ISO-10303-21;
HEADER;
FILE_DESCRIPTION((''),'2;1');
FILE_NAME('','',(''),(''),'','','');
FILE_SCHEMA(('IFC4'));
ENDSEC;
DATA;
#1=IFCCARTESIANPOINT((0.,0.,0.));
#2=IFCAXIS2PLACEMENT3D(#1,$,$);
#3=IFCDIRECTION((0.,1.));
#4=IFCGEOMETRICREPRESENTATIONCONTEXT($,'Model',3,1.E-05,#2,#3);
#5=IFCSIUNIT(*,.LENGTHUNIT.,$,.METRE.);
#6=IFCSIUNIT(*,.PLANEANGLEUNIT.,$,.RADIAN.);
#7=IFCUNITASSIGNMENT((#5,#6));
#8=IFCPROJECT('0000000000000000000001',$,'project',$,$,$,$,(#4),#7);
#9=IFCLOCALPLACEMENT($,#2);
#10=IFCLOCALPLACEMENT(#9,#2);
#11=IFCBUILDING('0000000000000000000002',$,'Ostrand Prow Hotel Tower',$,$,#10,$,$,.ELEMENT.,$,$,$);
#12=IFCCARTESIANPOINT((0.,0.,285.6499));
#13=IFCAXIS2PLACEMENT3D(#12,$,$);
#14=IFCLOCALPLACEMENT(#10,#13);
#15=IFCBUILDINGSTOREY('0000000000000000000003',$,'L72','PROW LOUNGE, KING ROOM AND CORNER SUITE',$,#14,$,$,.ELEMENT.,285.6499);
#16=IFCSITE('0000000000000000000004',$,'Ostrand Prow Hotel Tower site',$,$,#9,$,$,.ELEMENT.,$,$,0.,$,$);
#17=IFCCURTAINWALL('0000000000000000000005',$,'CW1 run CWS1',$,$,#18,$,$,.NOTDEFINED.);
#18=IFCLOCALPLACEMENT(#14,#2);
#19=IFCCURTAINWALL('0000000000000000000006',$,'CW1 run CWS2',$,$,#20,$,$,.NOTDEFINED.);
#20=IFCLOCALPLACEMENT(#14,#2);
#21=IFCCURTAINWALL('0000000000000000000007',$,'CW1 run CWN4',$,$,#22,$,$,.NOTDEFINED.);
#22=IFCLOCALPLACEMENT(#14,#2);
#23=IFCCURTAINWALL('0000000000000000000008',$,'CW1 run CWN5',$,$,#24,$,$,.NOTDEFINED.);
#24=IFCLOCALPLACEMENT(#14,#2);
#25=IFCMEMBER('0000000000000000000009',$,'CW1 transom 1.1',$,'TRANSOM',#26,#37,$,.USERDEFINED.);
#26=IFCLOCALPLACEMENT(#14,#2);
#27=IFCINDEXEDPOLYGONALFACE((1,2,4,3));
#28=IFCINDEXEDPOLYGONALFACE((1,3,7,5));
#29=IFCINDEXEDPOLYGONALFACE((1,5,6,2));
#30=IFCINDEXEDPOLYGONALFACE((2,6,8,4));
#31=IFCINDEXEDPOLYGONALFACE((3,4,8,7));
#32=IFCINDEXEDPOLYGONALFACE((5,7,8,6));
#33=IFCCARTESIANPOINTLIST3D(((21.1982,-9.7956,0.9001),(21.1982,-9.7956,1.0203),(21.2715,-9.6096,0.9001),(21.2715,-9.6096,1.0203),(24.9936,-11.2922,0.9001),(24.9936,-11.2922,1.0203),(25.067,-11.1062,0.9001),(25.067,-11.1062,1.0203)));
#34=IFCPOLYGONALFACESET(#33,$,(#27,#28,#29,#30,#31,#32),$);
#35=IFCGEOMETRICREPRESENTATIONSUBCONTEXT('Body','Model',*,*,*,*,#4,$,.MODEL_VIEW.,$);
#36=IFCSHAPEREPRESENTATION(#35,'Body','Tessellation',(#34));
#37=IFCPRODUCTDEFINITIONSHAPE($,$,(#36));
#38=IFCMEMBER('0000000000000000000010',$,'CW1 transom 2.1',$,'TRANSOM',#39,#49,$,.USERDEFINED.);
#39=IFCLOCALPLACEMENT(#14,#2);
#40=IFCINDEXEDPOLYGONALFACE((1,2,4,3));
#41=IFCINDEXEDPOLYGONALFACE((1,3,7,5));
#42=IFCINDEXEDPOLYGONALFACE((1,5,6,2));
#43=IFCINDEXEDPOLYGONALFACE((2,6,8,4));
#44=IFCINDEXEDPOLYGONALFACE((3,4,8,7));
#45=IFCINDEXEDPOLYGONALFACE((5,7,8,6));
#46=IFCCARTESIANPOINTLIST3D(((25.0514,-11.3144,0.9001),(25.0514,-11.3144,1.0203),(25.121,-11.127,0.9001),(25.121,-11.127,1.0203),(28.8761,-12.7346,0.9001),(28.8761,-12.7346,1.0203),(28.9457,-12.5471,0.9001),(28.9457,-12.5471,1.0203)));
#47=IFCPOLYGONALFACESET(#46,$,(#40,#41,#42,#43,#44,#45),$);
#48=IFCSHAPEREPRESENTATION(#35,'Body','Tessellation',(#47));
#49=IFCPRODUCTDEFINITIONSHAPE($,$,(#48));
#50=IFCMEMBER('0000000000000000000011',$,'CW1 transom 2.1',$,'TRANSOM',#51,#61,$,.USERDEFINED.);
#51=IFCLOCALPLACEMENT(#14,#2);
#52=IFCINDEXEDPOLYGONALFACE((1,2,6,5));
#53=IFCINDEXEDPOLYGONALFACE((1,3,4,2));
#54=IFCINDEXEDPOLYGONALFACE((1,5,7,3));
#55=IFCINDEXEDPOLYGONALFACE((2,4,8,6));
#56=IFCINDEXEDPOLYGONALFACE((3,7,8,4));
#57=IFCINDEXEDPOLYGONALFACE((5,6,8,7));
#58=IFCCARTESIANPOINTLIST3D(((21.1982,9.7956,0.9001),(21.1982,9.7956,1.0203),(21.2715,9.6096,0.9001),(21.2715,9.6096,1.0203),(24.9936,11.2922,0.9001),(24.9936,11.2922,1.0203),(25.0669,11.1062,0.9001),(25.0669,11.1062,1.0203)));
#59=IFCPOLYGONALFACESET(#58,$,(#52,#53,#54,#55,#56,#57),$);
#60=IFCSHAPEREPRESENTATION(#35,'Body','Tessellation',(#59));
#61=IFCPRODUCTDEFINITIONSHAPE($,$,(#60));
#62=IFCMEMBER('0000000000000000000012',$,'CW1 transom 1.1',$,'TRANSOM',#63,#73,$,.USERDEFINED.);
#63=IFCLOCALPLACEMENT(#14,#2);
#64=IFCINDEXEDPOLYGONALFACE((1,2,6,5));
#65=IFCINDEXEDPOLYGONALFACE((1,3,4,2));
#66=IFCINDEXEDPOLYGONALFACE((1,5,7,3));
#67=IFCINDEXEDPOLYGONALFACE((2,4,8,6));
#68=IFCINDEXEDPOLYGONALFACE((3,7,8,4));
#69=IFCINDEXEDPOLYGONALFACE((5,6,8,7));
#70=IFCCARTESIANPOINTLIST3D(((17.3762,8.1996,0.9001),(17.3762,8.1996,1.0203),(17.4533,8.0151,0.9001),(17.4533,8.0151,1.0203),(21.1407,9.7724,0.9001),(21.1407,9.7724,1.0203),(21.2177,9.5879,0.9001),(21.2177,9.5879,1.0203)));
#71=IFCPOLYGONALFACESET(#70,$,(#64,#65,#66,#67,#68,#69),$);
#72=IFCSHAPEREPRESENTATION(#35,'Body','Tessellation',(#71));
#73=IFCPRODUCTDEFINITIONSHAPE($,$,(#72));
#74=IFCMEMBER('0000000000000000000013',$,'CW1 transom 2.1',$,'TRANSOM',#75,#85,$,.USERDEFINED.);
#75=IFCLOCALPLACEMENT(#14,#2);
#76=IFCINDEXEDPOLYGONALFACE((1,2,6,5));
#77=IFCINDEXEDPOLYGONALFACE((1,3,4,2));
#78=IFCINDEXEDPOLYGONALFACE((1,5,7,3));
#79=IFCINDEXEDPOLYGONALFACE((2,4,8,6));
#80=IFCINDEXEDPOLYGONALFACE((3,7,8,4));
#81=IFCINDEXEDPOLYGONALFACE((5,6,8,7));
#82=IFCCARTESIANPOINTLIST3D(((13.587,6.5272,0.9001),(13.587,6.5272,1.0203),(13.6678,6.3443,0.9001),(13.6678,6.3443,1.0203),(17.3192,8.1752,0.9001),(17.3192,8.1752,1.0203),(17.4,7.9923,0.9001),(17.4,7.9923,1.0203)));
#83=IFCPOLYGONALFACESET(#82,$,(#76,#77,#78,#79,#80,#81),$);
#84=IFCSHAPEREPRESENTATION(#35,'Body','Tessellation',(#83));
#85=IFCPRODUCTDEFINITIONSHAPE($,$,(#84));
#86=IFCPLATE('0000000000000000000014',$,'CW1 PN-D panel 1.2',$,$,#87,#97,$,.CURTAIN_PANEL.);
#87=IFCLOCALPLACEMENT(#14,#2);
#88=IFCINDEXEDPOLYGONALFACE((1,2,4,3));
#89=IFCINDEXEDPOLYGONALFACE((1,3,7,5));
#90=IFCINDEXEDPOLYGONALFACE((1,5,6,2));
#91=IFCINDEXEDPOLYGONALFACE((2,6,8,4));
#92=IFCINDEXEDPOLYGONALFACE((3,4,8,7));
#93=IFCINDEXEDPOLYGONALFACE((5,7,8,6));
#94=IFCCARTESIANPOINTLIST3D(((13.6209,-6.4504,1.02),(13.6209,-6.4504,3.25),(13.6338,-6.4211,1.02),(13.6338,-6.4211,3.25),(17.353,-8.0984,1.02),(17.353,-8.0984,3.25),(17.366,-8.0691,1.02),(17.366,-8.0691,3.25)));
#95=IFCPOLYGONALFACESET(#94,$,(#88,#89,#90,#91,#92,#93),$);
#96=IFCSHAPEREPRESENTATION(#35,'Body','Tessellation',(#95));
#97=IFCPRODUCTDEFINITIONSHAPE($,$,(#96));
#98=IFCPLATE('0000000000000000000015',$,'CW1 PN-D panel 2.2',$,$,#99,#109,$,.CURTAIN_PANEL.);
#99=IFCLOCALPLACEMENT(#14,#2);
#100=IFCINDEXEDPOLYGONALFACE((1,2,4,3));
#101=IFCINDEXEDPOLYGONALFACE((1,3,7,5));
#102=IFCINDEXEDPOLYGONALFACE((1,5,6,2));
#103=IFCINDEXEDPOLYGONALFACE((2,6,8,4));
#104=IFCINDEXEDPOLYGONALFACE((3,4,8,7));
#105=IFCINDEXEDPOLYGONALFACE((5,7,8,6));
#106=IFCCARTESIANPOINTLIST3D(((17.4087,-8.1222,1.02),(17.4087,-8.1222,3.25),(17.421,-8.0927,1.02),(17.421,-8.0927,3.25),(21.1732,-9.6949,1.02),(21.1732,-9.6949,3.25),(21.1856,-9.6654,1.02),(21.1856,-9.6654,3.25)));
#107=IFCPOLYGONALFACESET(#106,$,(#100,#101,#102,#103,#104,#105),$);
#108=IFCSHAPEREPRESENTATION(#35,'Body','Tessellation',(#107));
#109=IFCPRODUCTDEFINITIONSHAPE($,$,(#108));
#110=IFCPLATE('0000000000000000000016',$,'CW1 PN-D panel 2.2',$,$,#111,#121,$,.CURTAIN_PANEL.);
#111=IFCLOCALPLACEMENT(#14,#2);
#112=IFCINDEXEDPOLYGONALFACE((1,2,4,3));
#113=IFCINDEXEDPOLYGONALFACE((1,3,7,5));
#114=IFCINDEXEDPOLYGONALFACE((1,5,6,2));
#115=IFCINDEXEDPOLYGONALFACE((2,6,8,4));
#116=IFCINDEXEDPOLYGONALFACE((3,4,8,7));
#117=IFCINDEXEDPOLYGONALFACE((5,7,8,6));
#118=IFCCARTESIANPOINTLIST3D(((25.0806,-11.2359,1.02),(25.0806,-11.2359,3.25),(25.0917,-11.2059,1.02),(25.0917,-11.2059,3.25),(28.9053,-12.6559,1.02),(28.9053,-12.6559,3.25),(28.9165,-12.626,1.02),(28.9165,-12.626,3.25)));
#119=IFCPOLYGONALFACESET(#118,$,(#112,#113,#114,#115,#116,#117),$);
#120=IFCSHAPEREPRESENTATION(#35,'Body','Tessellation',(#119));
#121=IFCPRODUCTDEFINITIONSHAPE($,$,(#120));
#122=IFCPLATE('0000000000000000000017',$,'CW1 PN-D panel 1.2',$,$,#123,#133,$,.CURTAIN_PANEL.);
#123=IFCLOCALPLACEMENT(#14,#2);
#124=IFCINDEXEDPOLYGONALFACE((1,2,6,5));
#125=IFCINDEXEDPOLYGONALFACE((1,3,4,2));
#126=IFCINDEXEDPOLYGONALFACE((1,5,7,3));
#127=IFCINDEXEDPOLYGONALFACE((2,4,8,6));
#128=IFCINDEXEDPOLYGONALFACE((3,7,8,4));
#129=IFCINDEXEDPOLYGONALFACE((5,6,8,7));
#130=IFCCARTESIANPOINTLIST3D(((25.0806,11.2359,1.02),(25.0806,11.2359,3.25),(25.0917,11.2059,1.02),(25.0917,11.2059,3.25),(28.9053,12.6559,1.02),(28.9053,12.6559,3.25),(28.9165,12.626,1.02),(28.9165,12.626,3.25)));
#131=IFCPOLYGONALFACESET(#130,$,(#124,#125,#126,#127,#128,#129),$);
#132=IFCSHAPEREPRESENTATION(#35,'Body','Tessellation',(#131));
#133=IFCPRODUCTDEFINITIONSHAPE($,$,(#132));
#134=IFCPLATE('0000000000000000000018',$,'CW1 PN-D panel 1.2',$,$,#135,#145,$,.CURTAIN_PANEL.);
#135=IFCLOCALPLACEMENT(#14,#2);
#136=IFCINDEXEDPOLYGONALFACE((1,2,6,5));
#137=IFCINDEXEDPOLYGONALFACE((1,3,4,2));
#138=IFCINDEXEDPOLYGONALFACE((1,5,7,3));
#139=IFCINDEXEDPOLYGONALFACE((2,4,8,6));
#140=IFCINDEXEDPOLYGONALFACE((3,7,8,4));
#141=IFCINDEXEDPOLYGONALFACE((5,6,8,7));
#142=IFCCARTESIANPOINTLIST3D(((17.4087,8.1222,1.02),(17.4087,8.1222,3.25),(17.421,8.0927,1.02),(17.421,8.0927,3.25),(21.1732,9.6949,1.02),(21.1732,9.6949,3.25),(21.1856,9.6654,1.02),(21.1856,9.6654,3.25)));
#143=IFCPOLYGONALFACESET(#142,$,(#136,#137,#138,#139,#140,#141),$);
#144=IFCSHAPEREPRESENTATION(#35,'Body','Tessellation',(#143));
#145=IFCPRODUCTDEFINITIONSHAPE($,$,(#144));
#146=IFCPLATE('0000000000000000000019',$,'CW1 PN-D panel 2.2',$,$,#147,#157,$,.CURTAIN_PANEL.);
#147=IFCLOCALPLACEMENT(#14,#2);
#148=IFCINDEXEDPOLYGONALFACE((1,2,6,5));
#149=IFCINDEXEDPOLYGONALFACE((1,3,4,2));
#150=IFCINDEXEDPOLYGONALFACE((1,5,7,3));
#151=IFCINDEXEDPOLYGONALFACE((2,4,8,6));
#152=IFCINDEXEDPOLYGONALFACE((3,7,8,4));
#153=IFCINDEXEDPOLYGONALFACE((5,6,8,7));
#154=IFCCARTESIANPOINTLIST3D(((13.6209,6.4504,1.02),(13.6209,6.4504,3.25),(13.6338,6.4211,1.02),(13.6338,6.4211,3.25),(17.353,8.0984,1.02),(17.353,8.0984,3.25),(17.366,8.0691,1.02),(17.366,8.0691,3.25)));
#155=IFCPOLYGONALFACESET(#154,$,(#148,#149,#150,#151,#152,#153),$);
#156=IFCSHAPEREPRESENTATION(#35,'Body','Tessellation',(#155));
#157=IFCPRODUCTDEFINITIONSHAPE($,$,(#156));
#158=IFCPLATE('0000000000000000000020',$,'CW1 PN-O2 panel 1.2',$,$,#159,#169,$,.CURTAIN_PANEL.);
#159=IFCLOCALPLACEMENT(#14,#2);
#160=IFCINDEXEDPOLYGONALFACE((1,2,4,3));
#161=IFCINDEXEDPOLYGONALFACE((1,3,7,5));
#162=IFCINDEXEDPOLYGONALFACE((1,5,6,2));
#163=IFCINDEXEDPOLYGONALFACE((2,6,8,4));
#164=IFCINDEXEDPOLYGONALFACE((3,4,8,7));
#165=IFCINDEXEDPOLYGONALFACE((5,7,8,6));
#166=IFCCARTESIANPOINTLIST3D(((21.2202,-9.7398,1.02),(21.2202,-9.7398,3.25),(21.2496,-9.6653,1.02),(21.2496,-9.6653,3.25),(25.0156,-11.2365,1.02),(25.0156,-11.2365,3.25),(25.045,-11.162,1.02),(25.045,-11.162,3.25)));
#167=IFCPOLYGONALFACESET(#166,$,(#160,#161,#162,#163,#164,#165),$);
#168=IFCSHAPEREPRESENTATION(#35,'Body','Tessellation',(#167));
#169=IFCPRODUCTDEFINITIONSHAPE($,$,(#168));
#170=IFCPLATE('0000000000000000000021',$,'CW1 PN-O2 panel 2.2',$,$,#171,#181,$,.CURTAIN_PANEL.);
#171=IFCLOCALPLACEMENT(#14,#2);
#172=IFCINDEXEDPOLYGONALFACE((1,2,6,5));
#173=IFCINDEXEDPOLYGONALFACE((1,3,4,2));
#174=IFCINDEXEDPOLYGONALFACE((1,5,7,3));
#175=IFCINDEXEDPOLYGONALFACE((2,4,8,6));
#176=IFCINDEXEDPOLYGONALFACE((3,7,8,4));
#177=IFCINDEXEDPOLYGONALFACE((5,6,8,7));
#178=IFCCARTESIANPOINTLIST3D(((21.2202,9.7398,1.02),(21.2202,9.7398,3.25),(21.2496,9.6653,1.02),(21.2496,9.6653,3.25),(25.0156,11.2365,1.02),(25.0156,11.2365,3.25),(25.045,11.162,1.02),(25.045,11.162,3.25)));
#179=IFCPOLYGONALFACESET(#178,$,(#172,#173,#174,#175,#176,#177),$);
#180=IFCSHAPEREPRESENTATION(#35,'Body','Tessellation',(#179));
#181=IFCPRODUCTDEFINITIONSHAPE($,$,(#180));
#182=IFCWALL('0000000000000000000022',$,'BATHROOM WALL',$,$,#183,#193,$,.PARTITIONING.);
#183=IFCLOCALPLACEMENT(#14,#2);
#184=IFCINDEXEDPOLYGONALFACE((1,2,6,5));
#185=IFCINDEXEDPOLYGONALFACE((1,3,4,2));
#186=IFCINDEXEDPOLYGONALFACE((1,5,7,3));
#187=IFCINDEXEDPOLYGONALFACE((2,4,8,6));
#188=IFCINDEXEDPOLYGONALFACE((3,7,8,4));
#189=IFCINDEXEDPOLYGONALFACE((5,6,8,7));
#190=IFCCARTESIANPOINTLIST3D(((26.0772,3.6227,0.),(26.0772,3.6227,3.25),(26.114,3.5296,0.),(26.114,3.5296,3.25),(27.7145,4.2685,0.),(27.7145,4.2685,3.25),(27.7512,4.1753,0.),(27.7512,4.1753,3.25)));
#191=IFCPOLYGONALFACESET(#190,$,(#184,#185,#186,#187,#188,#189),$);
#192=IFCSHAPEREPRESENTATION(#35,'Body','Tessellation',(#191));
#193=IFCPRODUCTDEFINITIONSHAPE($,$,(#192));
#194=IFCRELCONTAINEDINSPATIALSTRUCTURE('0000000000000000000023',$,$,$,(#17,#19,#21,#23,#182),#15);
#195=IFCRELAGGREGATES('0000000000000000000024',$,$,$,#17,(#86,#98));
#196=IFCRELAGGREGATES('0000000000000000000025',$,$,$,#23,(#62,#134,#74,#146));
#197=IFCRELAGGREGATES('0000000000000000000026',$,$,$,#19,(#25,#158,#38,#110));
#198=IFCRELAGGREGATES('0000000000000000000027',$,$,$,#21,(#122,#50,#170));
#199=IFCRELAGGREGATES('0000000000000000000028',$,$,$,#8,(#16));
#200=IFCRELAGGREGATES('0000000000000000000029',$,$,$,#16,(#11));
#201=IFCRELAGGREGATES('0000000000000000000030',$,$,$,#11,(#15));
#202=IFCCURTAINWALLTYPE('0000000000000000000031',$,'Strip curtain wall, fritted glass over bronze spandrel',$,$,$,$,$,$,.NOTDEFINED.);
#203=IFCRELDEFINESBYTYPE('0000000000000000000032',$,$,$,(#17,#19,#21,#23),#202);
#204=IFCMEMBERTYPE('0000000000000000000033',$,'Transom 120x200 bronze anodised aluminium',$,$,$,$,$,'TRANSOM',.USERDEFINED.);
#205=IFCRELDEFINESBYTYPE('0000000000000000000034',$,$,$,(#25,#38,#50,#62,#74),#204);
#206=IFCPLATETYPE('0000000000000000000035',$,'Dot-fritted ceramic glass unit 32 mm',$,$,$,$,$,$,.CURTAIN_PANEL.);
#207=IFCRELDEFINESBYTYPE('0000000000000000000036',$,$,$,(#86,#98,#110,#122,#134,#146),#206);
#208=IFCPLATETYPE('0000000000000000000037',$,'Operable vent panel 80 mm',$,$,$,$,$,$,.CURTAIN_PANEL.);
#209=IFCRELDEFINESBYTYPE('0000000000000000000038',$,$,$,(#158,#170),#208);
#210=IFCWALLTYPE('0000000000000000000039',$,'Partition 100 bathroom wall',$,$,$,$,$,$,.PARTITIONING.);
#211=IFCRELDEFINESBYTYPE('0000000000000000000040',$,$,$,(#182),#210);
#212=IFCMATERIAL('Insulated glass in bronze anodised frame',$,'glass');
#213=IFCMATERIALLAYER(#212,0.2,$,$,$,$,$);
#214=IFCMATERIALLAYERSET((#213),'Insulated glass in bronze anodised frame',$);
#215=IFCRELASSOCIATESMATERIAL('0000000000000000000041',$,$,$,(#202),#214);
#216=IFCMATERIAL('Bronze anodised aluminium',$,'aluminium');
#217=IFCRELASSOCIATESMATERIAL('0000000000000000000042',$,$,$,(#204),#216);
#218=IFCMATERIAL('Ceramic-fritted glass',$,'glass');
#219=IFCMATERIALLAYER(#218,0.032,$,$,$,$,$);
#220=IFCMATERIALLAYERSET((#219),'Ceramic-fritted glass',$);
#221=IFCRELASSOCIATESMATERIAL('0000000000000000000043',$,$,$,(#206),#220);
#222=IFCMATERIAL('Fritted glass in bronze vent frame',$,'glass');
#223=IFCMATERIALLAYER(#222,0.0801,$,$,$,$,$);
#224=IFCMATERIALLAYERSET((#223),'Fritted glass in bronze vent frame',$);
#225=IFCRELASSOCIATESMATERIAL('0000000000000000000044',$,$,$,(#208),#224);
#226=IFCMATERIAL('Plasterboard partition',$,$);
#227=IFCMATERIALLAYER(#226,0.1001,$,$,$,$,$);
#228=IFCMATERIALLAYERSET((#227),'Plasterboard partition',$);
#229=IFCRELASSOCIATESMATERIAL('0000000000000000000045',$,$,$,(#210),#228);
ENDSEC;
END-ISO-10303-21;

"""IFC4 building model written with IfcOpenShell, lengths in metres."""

from ifc_helpers import new_model, si_unit, direction, frame, frame_2d, origin, origin_2d, place, context, subcontext, project, spatial, rectangle, extrude, material, layer, layer_set, material_profile, profile_set, type_object, element, aggregate, save


model = new_model("IFC4")

# Units and contexts
model_context = context("Model", 3, precision=1e-05, world=origin(), true_north=direction((0.0, 1.0)))
body_context = subcontext(model_context, "Body", "Model", "MODEL_VIEW")
ifc_project = project(units=[si_unit("LENGTHUNIT", "METRE"), si_unit("PLANEANGLEUNIT", "RADIAN")], contexts=[model_context])

# Site, building, storey
site_placement = place(None, origin())
site = spatial("IfcSite", under=ifc_project, at=site_placement, Name="Ostrand Prow Hotel Tower site", CompositionType="ELEMENT", RefElevation=0.0)
building_placement = place(site_placement, origin())
building = spatial("IfcBuilding", under=site, at=building_placement, Name="Ostrand Prow Hotel Tower", CompositionType="ELEMENT")
storey_placement = place(building_placement, frame((0.0, 0.0, 285.6499)))
storey = spatial("IfcBuildingStorey", under=building, at=storey_placement, Name="L72", Description="PROW LOUNGE, KING ROOM AND CORNER SUITE", CompositionType="ELEMENT", Elevation=285.6499)

# Curtain wall
ifc_material_1 = material(Name="Insulated glass in bronze anodised frame", Category="glass")
ifc_layer_1 = layer(ifc_material_1, 0.2)
ifc_layer_set_1 = layer_set([ifc_layer_1], Name="Insulated glass in bronze anodised frame")
curtain_wall_type = type_object("IfcCurtainWallType", Name="Strip curtain wall, fritted glass over bronze spandrel", PredefinedType="NOTDEFINED", material=ifc_layer_set_1)
curtain_wall_1_placement = place(storey_placement, origin())
curtain_wall_1 = element("IfcCurtainWall", 1, at=curtain_wall_1_placement, inside=storey, type_object=curtain_wall_type, Name="CW1 run CWS1", PredefinedType="NOTDEFINED")

# Curtain wall
curtain_wall_2_placement = place(storey_placement, origin())
curtain_wall_2 = element("IfcCurtainWall", 2, at=curtain_wall_2_placement, inside=storey, type_object=curtain_wall_type, Name="CW1 run CWS2", PredefinedType="NOTDEFINED")

# Curtain wall
curtain_wall_3_placement = place(storey_placement, origin())
curtain_wall_3 = element("IfcCurtainWall", 3, at=curtain_wall_3_placement, inside=storey, type_object=curtain_wall_type, Name="CW1 run CWN4", PredefinedType="NOTDEFINED")

# Curtain wall
curtain_wall_4_placement = place(storey_placement, origin())
curtain_wall_4 = element("IfcCurtainWall", 4, at=curtain_wall_4_placement, inside=storey, type_object=curtain_wall_type, Name="CW1 run CWN5", PredefinedType="NOTDEFINED")

# Members
ifc_material_2 = material(Name="Bronze anodised aluminium", Category="aluminium")
ifc_material_profile_1 = material_profile(ifc_material_2, rectangle(XDim=0.2, YDim=0.1201, at=origin_2d()), Name="Transom 120x200 bronze anodised aluminium")
ifc_profile_set_1 = profile_set([ifc_material_profile_1], Name="Bronze anodised aluminium")
member_type_1 = type_object("IfcMemberType", Name="Transom 120x200 bronze anodised aluminium", ElementType="TRANSOM", PredefinedType="USERDEFINED", material=ifc_profile_set_1)
member_1_placement = place(storey_placement, frame((21.2349, -9.7026, 0.9602), z_axis=(0.93029, -0.366826, 0.0), x_axis=(0.366826, 0.93029, 0.0)))
member_1 = element("IfcMember", 5, at=member_1_placement, type_object=member_type_1, Name="CW1 transom 1.1", ObjectType="TRANSOM", PredefinedType="USERDEFINED", context=body_context, shape_type="SweptSolid", body=[
    extrude(rectangle(XDim=0.2, YDim=0.1201, at=origin_2d()), origin(), (0.0, 0.0, 1.0), 4.0798),
])
member_2_placement = place(storey_placement, frame((25.0862, -11.2207, 0.9602), z_axis=(0.93746, -0.348092, 0.0), x_axis=(0.348092, 0.93746, 0.0)))
member_2 = element("IfcMember", 6, at=member_2_placement, type_object=member_type_1, Name="CW1 transom 2.1", ObjectType="TRANSOM", PredefinedType="USERDEFINED", context=body_context, shape_type="SweptSolid", body=[
    extrude(rectangle(XDim=0.2, YDim=0.1201, at=origin_2d()), origin(), (0.0, 0.0, 1.0), 4.0798),
])
member_3_placement = place(storey_placement, frame((25.0303, 11.1992, 0.9602), z_axis=(-0.93029, -0.366826, 0.0), x_axis=(0.366826, -0.93029, 0.0)))
member_3 = element("IfcMember", 7, at=member_3_placement, type_object=member_type_1, Name="CW1 transom 2.1", ObjectType="TRANSOM", PredefinedType="USERDEFINED", context=body_context, shape_type="SweptSolid", body=[
    extrude(rectangle(XDim=0.2, YDim=0.1201, at=origin_2d()), origin(), (0.0, 0.0, 1.0), 4.0798),
])
member_4_placement = place(storey_placement, frame((21.1792, 9.6802, 0.9602), z_axis=(-0.922706, -0.385503, 0.0), x_axis=(0.385503, -0.922706, 0.0)))
member_4 = element("IfcMember", 8, at=member_4_placement, type_object=member_type_1, Name="CW1 transom 1.1", ObjectType="TRANSOM", PredefinedType="USERDEFINED", context=body_context, shape_type="SweptSolid", body=[
    extrude(rectangle(XDim=0.2, YDim=0.1201, at=origin_2d()), origin(), (0.0, 0.0, 1.0), 4.0798),
])
member_5_placement = place(storey_placement, frame((17.3596, 8.0837, 0.9602), z_axis=(-0.914791, -0.403927, 0.0), x_axis=(0.403927, -0.914791, 0.0)))
member_5 = element("IfcMember", 9, at=member_5_placement, type_object=member_type_1, Name="CW1 transom 2.1", ObjectType="TRANSOM", PredefinedType="USERDEFINED", context=body_context, shape_type="SweptSolid", body=[
    extrude(rectangle(XDim=0.2, YDim=0.1201, at=origin_2d()), origin(), (0.0, 0.0, 1.0), 4.0798),
])

# Plates
ifc_material_3 = material(Name="Ceramic-fritted glass", Category="glass")
ifc_layer_2 = layer(ifc_material_3, 0.032)
ifc_layer_set_2 = layer_set([ifc_layer_2], Name="Ceramic-fritted glass")
plate_type_1 = type_object("IfcPlateType", Name="Dot-fritted ceramic glass unit 32 mm", PredefinedType="CURTAIN_PANEL", material=ifc_layer_set_2)
plate_1_placement = place(storey_placement, frame((15.4934, -7.2598, 1.02), z_axis=(0.0, 0.0, 1.0), x_axis=(0.914786, -0.40394, 0.0)))
plate_1 = element("IfcPlate", 10, at=plate_1_placement, type_object=plate_type_1, Name="CW1 PN-D panel 1.2", PredefinedType="CURTAIN_PANEL", context=body_context, shape_type="SweptSolid", body=[
    extrude(rectangle(XDim=4.0798, YDim=0.032, at=origin_2d()), origin(), (0.0, 0.0, 1.0), 2.23),
])
plate_2_placement = place(storey_placement, frame((19.2971, -8.8938, 1.02), z_axis=(0.0, 0.0, 1.0), x_axis=(0.92272, -0.385471, 0.0)))
plate_2 = element("IfcPlate", 11, at=plate_2_placement, type_object=plate_type_1, Name="CW1 PN-D panel 2.2", PredefinedType="CURTAIN_PANEL", context=body_context, shape_type="SweptSolid", body=[
    extrude(rectangle(XDim=4.0798, YDim=0.032, at=origin_2d()), origin(), (0.0, 0.0, 1.0), 2.23),
])
aggregate(curtain_wall_1, [plate_1, plate_2])
plate_3_placement = place(storey_placement, frame((26.9985, -11.9309, 1.02), z_axis=(0.0, 0.0, 1.0), x_axis=(0.937468, -0.348071, 0.0)))
plate_3 = element("IfcPlate", 12, at=plate_3_placement, type_object=plate_type_1, Name="CW1 PN-D panel 2.2", PredefinedType="CURTAIN_PANEL", context=body_context, shape_type="SweptSolid", body=[
    extrude(rectangle(XDim=4.0798, YDim=0.032, at=origin_2d()), origin(), (0.0, 0.0, 1.0), 2.23),
])
plate_4_placement = place(storey_placement, frame((26.9985, 11.9309, 1.02), z_axis=(0.0, 0.0, 1.0), x_axis=(-0.937468, -0.348071, 0.0)))
plate_4 = element("IfcPlate", 13, at=plate_4_placement, type_object=plate_type_1, Name="CW1 PN-D panel 1.2", PredefinedType="CURTAIN_PANEL", context=body_context, shape_type="SweptSolid", body=[
    extrude(rectangle(XDim=4.0798, YDim=0.032, at=origin_2d()), origin(), (0.0, 0.0, 1.0), 2.23),
])
plate_5_placement = place(storey_placement, frame((19.2971, 8.8938, 1.02), z_axis=(0.0, 0.0, 1.0), x_axis=(-0.92272, -0.385471, 0.0)))
plate_5 = element("IfcPlate", 14, at=plate_5_placement, type_object=plate_type_1, Name="CW1 PN-D panel 1.2", PredefinedType="CURTAIN_PANEL", context=body_context, shape_type="SweptSolid", body=[
    extrude(rectangle(XDim=4.0798, YDim=0.032, at=origin_2d()), origin(), (0.0, 0.0, 1.0), 2.23),
])
plate_6_placement = place(storey_placement, frame((15.4934, 7.2598, 1.02), z_axis=(0.0, 0.0, 1.0), x_axis=(-0.914786, -0.40394, 0.0)))
plate_6 = element("IfcPlate", 15, at=plate_6_placement, type_object=plate_type_1, Name="CW1 PN-D panel 2.2", PredefinedType="CURTAIN_PANEL", context=body_context, shape_type="SweptSolid", body=[
    extrude(rectangle(XDim=4.0798, YDim=0.032, at=origin_2d()), origin(), (0.0, 0.0, 1.0), 2.23),
])
aggregate(curtain_wall_4, [member_4, plate_5, member_5, plate_6])
ifc_material_4 = material(Name="Fritted glass in bronze vent frame", Category="glass")
ifc_layer_3 = layer(ifc_material_4, 0.0801)
ifc_layer_set_3 = layer_set([ifc_layer_3], Name="Fritted glass in bronze vent frame")
plate_type_2 = type_object("IfcPlateType", Name="Operable vent panel 80 mm", PredefinedType="CURTAIN_PANEL", material=ifc_layer_set_3)
plate_7_placement = place(storey_placement, frame((23.1326, -10.4509, 1.02), z_axis=(0.0, 0.0, 1.0), x_axis=(0.930282, -0.366845, 0.0)))
plate_7 = element("IfcPlate", 16, at=plate_7_placement, type_object=plate_type_2, Name="CW1 PN-O2 panel 1.2", PredefinedType="CURTAIN_PANEL", context=body_context, shape_type="SweptSolid", body=[
    extrude(rectangle(XDim=4.0798, YDim=0.0801, at=origin_2d()), origin(), (0.0, 0.0, 1.0), 2.23),
])
aggregate(curtain_wall_2, [member_1, plate_7, member_2, plate_3])
plate_8_placement = place(storey_placement, frame((23.1326, 10.4509, 1.02), z_axis=(0.0, 0.0, 1.0), x_axis=(-0.930282, -0.366845, 0.0)))
plate_8 = element("IfcPlate", 17, at=plate_8_placement, type_object=plate_type_2, Name="CW1 PN-O2 panel 2.2", PredefinedType="CURTAIN_PANEL", context=body_context, shape_type="SweptSolid", body=[
    extrude(rectangle(XDim=4.0798, YDim=0.0801, at=origin_2d()), origin(), (0.0, 0.0, 1.0), 2.23),
])
aggregate(curtain_wall_3, [plate_4, member_3, plate_8])

# Wall
ifc_material_5 = material(Name="Plasterboard partition")
ifc_layer_4 = layer(ifc_material_5, 0.1001)
ifc_layer_set_4 = layer_set([ifc_layer_4], Name="Plasterboard partition")
wall_type_1 = type_object("IfcWallType", Name="Partition 100 bathroom wall", PredefinedType="PARTITIONING", material=ifc_layer_set_4)
wall_1_placement = place(storey_placement, frame((26.0957, 3.5762, 0.0), z_axis=(0.0, 0.0, 1.0), x_axis=(0.930255, 0.366914, 0.0)))
element("IfcWall", 18, at=wall_1_placement, inside=storey, type_object=wall_type_1, Name="BATHROOM WALL", PredefinedType="PARTITIONING", context=body_context, shape_type="SweptSolid", body=[
    extrude(rectangle(XDim=1.76, YDim=0.1001, at=frame_2d((0.8799, 0.0))), origin(), (0.0, 0.0, 1.0), 3.25),
])

save(model, "model.ifc")
